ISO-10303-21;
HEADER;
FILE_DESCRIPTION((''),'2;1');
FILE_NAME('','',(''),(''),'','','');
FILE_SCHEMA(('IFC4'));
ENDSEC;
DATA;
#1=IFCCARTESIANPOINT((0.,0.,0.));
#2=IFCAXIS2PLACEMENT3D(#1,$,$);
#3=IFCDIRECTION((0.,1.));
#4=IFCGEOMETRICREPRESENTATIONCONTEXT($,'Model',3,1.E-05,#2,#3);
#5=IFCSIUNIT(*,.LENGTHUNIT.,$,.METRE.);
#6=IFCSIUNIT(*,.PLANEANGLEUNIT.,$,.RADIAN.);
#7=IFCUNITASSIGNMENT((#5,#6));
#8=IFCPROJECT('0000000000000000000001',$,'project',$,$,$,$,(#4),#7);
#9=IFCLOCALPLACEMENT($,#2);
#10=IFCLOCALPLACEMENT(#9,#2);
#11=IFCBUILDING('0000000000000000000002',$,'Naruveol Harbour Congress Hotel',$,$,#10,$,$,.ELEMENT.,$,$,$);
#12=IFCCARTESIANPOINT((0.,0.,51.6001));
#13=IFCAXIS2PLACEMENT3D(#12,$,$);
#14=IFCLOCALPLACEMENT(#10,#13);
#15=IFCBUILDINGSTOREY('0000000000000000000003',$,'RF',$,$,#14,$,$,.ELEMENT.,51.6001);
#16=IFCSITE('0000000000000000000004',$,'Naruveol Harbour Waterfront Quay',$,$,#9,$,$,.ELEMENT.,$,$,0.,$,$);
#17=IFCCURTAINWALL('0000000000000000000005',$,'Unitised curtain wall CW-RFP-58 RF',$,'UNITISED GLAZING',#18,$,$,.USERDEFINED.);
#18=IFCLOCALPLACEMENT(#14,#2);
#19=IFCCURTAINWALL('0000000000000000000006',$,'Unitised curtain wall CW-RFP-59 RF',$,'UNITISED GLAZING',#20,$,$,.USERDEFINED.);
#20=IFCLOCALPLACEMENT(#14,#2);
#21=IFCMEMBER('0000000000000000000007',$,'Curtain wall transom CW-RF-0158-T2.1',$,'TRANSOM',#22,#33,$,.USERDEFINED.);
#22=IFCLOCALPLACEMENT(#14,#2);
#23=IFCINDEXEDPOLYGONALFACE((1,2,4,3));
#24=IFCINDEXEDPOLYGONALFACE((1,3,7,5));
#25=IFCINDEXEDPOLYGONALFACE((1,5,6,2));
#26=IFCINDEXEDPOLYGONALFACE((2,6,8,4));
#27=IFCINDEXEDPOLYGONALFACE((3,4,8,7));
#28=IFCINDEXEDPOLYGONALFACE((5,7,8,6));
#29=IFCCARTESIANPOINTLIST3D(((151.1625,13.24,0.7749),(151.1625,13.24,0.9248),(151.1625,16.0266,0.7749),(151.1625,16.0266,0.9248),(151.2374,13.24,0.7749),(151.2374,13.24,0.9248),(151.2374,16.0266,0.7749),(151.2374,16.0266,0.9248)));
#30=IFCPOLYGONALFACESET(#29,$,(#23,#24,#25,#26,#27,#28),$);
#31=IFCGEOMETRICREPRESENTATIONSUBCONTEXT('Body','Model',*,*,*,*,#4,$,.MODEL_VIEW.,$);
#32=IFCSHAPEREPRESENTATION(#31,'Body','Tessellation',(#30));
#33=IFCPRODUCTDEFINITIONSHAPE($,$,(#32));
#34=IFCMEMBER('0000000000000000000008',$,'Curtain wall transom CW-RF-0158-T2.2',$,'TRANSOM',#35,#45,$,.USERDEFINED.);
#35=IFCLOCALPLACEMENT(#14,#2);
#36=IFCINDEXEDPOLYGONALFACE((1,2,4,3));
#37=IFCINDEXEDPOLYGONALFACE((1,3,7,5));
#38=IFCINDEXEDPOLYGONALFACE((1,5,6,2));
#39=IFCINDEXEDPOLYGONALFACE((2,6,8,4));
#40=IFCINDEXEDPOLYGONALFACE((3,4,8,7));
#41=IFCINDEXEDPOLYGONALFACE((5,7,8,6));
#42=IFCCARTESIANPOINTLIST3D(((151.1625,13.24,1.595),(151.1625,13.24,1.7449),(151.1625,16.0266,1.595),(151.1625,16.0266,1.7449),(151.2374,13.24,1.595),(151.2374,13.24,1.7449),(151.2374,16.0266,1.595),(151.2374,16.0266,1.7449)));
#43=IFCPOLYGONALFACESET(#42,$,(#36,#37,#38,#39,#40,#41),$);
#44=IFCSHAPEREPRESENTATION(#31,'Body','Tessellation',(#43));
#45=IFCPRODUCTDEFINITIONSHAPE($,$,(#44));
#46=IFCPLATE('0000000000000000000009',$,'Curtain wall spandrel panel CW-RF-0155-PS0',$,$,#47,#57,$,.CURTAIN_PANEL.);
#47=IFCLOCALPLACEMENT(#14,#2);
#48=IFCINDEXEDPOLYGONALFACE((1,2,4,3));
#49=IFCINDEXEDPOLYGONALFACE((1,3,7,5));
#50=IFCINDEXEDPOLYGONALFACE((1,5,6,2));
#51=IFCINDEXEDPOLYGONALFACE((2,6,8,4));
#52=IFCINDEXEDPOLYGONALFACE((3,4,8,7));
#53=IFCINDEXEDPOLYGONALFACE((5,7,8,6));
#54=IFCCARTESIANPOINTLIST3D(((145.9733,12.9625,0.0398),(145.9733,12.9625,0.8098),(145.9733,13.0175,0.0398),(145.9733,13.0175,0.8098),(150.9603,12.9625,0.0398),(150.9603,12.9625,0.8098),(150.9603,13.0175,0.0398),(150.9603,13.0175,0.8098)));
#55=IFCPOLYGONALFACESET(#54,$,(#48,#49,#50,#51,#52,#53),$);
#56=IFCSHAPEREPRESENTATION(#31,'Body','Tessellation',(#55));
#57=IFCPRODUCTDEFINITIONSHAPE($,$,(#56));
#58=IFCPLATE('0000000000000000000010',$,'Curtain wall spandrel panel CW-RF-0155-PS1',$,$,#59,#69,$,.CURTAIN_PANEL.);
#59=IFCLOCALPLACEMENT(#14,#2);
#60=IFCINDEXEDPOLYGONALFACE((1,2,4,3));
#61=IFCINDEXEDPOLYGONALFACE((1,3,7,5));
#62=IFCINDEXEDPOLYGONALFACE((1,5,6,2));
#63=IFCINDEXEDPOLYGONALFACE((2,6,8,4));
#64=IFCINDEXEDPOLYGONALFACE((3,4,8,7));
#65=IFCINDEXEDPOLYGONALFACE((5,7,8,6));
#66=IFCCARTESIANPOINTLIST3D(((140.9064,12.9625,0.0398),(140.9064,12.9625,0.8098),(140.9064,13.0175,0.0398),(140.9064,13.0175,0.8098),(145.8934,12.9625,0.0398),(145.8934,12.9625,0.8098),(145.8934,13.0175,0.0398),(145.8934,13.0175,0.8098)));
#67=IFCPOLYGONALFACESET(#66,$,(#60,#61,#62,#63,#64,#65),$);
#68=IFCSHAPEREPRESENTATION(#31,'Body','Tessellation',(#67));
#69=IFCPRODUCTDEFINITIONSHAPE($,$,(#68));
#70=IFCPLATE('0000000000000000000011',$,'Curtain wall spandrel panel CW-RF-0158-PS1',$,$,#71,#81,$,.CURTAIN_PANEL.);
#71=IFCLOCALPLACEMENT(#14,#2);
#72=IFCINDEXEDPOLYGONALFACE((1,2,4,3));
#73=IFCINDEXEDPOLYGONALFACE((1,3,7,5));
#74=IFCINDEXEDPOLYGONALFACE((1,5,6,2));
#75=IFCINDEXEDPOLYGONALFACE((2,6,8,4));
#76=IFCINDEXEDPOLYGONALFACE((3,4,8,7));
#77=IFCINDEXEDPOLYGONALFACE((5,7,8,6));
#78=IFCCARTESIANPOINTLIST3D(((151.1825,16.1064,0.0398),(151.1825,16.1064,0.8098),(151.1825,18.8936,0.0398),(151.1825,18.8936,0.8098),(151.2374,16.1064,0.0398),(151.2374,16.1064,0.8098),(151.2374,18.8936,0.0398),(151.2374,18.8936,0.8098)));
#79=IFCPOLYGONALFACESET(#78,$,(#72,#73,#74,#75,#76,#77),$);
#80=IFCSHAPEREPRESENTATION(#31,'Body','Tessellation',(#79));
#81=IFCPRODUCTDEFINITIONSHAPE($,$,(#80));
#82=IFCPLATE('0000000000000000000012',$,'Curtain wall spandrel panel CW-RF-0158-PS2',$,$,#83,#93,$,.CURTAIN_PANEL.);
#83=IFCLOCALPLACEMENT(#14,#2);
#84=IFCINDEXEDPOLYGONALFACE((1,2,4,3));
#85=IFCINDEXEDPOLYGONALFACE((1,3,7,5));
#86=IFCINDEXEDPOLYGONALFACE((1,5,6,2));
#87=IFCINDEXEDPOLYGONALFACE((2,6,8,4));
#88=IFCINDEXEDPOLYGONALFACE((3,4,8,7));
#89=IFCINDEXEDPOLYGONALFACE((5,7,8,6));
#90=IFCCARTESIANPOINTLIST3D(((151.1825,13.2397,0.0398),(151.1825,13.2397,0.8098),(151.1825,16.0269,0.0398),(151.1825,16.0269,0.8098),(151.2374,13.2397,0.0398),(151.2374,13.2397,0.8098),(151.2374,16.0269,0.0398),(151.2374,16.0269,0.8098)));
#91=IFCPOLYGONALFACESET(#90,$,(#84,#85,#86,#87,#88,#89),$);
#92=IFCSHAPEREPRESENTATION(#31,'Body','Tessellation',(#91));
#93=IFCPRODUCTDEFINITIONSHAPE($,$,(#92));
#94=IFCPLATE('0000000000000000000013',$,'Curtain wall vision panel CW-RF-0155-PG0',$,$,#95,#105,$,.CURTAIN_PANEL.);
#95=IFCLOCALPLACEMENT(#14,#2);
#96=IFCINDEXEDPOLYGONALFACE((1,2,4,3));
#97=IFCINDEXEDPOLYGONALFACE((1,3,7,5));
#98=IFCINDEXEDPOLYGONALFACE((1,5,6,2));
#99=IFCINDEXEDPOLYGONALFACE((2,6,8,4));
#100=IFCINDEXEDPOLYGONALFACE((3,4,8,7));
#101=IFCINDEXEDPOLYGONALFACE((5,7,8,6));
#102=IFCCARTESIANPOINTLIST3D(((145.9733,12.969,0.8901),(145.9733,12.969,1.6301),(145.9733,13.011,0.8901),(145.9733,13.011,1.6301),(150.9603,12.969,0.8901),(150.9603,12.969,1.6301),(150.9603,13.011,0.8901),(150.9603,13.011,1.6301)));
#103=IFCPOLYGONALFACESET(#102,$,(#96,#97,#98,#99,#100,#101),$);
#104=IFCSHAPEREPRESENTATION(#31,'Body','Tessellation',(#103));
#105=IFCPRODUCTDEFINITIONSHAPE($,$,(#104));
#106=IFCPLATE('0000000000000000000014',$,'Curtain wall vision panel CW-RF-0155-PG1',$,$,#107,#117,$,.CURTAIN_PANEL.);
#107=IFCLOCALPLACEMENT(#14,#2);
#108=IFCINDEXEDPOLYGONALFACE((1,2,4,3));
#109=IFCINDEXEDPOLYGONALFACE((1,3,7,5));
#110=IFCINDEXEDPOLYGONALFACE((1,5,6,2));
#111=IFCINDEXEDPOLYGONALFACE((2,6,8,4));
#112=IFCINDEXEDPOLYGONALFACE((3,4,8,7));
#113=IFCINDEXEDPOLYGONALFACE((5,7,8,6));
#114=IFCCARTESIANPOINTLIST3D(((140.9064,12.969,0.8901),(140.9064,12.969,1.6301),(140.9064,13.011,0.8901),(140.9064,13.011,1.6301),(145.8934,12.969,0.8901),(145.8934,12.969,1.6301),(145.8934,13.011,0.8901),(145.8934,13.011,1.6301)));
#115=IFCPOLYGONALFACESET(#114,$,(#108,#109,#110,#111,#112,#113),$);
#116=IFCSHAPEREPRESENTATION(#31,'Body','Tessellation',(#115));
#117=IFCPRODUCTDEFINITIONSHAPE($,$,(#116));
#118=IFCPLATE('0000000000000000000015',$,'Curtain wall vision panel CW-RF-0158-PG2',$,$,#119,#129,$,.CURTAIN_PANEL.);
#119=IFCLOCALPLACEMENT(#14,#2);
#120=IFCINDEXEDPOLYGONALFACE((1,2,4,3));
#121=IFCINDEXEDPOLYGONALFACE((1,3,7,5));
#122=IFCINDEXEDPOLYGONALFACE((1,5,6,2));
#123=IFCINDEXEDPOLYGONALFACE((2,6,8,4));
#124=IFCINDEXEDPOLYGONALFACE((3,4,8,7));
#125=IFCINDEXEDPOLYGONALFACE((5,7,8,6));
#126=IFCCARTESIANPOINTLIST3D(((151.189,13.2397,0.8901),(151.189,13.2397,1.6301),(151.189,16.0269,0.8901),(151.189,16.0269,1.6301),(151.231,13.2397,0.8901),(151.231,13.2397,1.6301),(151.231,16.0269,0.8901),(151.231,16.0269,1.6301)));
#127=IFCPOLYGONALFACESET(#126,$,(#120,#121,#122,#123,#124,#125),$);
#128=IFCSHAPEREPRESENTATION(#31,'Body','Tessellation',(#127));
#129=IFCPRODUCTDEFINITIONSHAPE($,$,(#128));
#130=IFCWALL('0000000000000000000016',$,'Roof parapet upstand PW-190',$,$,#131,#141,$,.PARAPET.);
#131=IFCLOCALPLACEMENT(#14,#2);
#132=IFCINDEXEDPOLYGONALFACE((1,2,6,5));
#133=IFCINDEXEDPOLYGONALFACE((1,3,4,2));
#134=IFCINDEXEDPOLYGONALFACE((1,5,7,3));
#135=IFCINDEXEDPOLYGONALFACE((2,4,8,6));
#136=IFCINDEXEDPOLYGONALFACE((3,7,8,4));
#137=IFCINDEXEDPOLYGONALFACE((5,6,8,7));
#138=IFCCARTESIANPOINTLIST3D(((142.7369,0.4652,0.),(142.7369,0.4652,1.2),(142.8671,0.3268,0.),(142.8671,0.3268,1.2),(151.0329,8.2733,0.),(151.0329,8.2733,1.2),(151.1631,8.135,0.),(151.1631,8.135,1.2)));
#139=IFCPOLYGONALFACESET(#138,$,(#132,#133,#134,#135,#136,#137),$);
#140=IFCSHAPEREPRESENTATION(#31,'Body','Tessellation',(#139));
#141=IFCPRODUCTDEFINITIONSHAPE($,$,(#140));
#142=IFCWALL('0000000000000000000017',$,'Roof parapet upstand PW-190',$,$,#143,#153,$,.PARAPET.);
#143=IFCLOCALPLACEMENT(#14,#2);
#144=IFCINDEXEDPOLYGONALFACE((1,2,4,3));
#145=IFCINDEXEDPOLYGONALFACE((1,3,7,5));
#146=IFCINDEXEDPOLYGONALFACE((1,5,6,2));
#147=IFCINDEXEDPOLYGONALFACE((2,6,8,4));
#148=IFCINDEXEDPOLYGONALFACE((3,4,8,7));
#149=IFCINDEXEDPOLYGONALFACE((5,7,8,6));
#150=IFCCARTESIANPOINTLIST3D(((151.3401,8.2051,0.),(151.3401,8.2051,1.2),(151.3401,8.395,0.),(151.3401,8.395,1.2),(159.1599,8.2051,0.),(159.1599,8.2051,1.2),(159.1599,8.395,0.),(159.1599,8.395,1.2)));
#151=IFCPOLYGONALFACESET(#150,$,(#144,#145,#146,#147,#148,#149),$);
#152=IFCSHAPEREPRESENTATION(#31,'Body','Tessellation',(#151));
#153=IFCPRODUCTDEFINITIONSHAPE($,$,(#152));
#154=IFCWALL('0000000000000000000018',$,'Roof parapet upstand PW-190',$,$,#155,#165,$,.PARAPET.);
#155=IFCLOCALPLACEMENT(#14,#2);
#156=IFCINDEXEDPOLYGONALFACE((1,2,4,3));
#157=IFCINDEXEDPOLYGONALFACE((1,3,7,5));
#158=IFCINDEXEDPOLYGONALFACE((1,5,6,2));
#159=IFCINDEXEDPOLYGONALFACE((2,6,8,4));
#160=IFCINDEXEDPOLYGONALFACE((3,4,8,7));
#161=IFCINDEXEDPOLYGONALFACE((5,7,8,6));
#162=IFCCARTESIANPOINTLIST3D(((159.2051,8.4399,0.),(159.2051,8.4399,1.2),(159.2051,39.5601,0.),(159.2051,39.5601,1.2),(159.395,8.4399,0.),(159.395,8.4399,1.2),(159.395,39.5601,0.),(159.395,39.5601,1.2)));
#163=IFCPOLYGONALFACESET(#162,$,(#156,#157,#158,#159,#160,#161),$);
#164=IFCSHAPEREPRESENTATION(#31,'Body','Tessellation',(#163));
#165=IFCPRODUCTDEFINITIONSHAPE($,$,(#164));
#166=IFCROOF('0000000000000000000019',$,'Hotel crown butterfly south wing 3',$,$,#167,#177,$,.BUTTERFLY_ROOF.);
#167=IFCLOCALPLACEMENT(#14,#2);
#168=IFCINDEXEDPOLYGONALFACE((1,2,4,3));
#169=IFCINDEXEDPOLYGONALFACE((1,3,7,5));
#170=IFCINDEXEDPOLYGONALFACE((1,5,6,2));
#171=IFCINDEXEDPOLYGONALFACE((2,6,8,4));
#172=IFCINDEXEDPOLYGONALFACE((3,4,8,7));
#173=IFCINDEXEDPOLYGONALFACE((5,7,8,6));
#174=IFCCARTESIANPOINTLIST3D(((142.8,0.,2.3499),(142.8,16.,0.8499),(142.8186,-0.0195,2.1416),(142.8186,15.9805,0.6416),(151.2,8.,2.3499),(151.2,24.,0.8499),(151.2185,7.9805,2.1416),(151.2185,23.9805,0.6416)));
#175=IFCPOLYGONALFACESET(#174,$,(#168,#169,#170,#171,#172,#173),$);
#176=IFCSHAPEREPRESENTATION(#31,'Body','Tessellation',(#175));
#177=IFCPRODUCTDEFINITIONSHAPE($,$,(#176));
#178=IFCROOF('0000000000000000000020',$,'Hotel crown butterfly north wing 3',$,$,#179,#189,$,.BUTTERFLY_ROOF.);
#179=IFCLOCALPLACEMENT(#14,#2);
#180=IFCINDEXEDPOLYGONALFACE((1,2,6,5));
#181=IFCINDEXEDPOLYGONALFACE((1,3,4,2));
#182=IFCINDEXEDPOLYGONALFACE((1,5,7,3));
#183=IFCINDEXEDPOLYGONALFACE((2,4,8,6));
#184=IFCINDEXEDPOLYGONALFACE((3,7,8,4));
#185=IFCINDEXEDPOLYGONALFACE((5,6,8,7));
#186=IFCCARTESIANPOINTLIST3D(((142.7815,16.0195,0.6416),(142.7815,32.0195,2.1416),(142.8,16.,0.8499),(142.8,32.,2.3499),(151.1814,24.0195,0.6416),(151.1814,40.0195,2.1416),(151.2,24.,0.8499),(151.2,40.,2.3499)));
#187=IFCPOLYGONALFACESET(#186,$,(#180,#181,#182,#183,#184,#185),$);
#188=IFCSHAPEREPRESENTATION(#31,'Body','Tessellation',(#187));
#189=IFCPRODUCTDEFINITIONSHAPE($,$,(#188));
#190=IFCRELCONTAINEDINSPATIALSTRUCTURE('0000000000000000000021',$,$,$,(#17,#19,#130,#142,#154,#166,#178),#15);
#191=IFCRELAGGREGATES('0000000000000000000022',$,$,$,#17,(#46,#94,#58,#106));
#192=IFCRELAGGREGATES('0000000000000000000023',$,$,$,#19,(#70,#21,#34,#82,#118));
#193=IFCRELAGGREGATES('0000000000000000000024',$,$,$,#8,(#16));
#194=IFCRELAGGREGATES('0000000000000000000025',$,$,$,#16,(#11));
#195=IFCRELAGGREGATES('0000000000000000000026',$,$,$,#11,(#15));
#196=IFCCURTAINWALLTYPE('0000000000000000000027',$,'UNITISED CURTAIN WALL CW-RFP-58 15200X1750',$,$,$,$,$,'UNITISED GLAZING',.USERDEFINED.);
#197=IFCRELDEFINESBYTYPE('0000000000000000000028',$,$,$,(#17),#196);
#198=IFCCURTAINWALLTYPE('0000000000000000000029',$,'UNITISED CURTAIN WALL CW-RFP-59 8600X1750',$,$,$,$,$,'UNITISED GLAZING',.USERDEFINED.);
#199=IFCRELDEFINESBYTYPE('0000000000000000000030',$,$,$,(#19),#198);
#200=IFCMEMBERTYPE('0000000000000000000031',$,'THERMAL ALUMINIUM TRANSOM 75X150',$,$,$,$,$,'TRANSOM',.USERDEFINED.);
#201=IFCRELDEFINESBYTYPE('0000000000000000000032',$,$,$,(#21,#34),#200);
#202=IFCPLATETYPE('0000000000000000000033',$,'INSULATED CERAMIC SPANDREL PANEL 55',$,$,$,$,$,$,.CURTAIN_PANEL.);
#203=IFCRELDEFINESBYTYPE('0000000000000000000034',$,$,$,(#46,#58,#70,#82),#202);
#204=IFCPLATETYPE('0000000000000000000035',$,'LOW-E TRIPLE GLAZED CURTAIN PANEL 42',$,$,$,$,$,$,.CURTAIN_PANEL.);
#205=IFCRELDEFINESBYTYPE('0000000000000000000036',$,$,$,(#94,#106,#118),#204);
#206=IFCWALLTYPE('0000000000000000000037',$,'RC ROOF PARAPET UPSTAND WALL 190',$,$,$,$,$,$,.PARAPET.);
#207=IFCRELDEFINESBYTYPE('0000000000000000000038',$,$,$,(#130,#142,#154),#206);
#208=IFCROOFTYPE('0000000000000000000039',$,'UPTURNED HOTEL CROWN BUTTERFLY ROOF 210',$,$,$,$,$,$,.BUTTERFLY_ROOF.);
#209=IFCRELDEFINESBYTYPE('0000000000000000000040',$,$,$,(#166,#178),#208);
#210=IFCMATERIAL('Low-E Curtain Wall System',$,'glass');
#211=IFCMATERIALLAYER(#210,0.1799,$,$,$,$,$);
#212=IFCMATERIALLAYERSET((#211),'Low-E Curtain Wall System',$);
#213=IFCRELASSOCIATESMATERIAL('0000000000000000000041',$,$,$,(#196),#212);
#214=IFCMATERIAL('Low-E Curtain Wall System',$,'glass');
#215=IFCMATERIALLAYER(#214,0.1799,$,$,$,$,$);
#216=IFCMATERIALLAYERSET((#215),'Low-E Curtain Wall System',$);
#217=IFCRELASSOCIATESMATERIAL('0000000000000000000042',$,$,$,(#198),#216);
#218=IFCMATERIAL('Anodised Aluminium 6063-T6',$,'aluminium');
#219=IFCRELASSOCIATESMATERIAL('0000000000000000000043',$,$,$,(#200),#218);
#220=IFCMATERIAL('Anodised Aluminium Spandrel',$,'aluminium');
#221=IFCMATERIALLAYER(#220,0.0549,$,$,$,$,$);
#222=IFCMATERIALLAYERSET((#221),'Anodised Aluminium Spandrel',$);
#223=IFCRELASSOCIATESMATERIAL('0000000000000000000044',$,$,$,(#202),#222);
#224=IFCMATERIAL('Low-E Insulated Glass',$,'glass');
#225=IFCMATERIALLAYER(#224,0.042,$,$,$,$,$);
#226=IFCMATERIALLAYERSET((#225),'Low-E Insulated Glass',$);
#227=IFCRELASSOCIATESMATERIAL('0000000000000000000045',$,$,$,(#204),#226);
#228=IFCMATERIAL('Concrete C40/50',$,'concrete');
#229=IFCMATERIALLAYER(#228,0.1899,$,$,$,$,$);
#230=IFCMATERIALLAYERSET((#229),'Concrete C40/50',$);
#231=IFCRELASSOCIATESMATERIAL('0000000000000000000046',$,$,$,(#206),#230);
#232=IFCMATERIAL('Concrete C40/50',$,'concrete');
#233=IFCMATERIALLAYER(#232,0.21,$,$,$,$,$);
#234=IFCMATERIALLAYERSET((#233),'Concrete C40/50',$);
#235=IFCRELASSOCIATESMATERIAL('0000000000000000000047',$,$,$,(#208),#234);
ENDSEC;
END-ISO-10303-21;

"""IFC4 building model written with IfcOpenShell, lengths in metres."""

from ifc_helpers import new_model, si_unit, direction, frame, frame_2d, origin, origin_2d, place, context, subcontext, project, spatial, polyline, rectangle, outline, extrude, material, layer, layer_set, material_profile, profile_set, type_object, element, aggregate, save


model = new_model("IFC4")

# Units and contexts
model_context = context("Model", 3, precision=1e-05, world=origin(), true_north=direction((0.0, 1.0)))
body_context = subcontext(model_context, "Body", "Model", "MODEL_VIEW")
ifc_project = project(units=[si_unit("LENGTHUNIT", "METRE"), si_unit("PLANEANGLEUNIT", "RADIAN")], contexts=[model_context])

# Site, building, storey
site_placement = place(None, origin())
site = spatial("IfcSite", under=ifc_project, at=site_placement, Name="Naruveol Harbour Waterfront Quay", CompositionType="ELEMENT", RefElevation=0.0)
building_placement = place(site_placement, origin())
building = spatial("IfcBuilding", under=site, at=building_placement, Name="Naruveol Harbour Congress Hotel", CompositionType="ELEMENT")
storey_placement = place(building_placement, frame((0.0, 0.0, 51.6001)))
storey = spatial("IfcBuildingStorey", under=building, at=storey_placement, Name="RF", CompositionType="ELEMENT", Elevation=51.6001)

# Curtain walls
ifc_material_1 = material(Name="Low-E Curtain Wall System", Category="glass")
ifc_layer_1 = layer(ifc_material_1, 0.1799)
ifc_layer_set_1 = layer_set([ifc_layer_1], Name="Low-E Curtain Wall System")
curtain_wall_type_1 = type_object("IfcCurtainWallType", Name="UNITISED CURTAIN WALL CW-RFP-58 15200X1750", ElementType="UNITISED GLAZING", PredefinedType="USERDEFINED", material=ifc_layer_set_1)
curtain_wall_1_placement = place(storey_placement, origin())
curtain_wall_1 = element("IfcCurtainWall", 1, at=curtain_wall_1_placement, inside=storey, type_object=curtain_wall_type_1, Name="Unitised curtain wall CW-RFP-58 RF", ObjectType="UNITISED GLAZING", PredefinedType="USERDEFINED")
ifc_material_2 = material(Name="Low-E Curtain Wall System", Category="glass")
ifc_layer_2 = layer(ifc_material_2, 0.1799)
ifc_layer_set_2 = layer_set([ifc_layer_2], Name="Low-E Curtain Wall System")
curtain_wall_type_2 = type_object("IfcCurtainWallType", Name="UNITISED CURTAIN WALL CW-RFP-59 8600X1750", ElementType="UNITISED GLAZING", PredefinedType="USERDEFINED", material=ifc_layer_set_2)
curtain_wall_2_placement = place(storey_placement, origin())
curtain_wall_2 = element("IfcCurtainWall", 2, at=curtain_wall_2_placement, inside=storey, type_object=curtain_wall_type_2, Name="Unitised curtain wall CW-RFP-59 RF", ObjectType="UNITISED GLAZING", PredefinedType="USERDEFINED")

# Members
ifc_material_3 = material(Name="Anodised Aluminium 6063-T6", Category="aluminium")
ifc_material_profile_1 = material_profile(ifc_material_3, rectangle(XDim=0.075, YDim=0.1499, at=origin_2d()), Name="ALU-75x150")
ifc_profile_set_1 = profile_set([ifc_material_profile_1], Name="Anodised Aluminium 6063-T6")
member_type_1 = type_object("IfcMemberType", Name="THERMAL ALUMINIUM TRANSOM 75X150", ElementType="TRANSOM", PredefinedType="USERDEFINED", material=ifc_profile_set_1)
member_1_placement = place(storey_placement, frame((151.2, 16.0266, 0.8499), z_axis=(0.0, -1.0, 0.0), x_axis=(1.0, 0.0, 0.0)))
member_1 = element("IfcMember", 3, at=member_1_placement, type_object=member_type_1, Name="Curtain wall transom CW-RF-0158-T2.1", ObjectType="TRANSOM", PredefinedType="USERDEFINED", context=body_context, shape_type="SweptSolid", body=[
    extrude(rectangle(XDim=0.075, YDim=0.1499, at=origin_2d()), origin(), (0.0, 0.0, 1.0), 2.7866),
])
member_2_placement = place(storey_placement, frame((151.2, 16.0266, 1.6699), z_axis=(0.0, -1.0, 0.0), x_axis=(1.0, 0.0, 0.0)))
member_2 = element("IfcMember", 4, at=member_2_placement, type_object=member_type_1, Name="Curtain wall transom CW-RF-0158-T2.2", ObjectType="TRANSOM", PredefinedType="USERDEFINED", context=body_context, shape_type="SweptSolid", body=[
    extrude(rectangle(XDim=0.075, YDim=0.1499, at=origin_2d()), origin(), (0.0, 0.0, 1.0), 2.7866),
])

# Plates
ifc_material_4 = material(Name="Anodised Aluminium Spandrel", Category="aluminium")
ifc_layer_3 = layer(ifc_material_4, 0.0549)
ifc_layer_set_3 = layer_set([ifc_layer_3], Name="Anodised Aluminium Spandrel")
plate_type_1 = type_object("IfcPlateType", Name="INSULATED CERAMIC SPANDREL PANEL 55", PredefinedType="CURTAIN_PANEL", material=ifc_layer_set_3)
plate_1_placement = place(storey_placement, frame((148.4668, 12.99, 0.0398), z_axis=(0.0, 0.0, 1.0), x_axis=(-1.0, 0.0, 0.0)))
plate_1 = element("IfcPlate", 5, at=plate_1_placement, type_object=plate_type_1, Name="Curtain wall spandrel panel CW-RF-0155-PS0", PredefinedType="CURTAIN_PANEL", context=body_context, shape_type="SweptSolid", body=[
    extrude(rectangle(XDim=4.9871, YDim=0.0549, at=origin_2d()), origin(), (0.0, 0.0, 1.0), 0.77),
])
plate_2_placement = place(storey_placement, frame((143.3999, 12.99, 0.0398), z_axis=(0.0, 0.0, 1.0), x_axis=(-1.0, 0.0, 0.0)))
plate_2 = element("IfcPlate", 6, at=plate_2_placement, type_object=plate_type_1, Name="Curtain wall spandrel panel CW-RF-0155-PS1", PredefinedType="CURTAIN_PANEL", context=body_context, shape_type="SweptSolid", body=[
    extrude(rectangle(XDim=4.9871, YDim=0.0549, at=origin_2d()), origin(), (0.0, 0.0, 1.0), 0.77),
])
plate_3_placement = place(storey_placement, frame((151.21, 17.5, 0.0398), z_axis=(0.0, 0.0, 1.0), x_axis=(0.0, -1.0, 0.0)))
plate_3 = element("IfcPlate", 7, at=plate_3_placement, type_object=plate_type_1, Name="Curtain wall spandrel panel CW-RF-0158-PS1", PredefinedType="CURTAIN_PANEL", context=body_context, shape_type="SweptSolid", body=[
    extrude(rectangle(XDim=2.7871, YDim=0.0549, at=origin_2d()), origin(), (0.0, 0.0, 1.0), 0.77),
])
plate_4_placement = place(storey_placement, frame((151.21, 14.6333, 0.0398), z_axis=(0.0, 0.0, 1.0), x_axis=(0.0, -1.0, 0.0)))
plate_4 = element("IfcPlate", 8, at=plate_4_placement, type_object=plate_type_1, Name="Curtain wall spandrel panel CW-RF-0158-PS2", PredefinedType="CURTAIN_PANEL", context=body_context, shape_type="SweptSolid", body=[
    extrude(rectangle(XDim=2.7871, YDim=0.0549, at=origin_2d()), origin(), (0.0, 0.0, 1.0), 0.77),
])
ifc_material_5 = material(Name="Low-E Insulated Glass", Category="glass")
ifc_layer_4 = layer(ifc_material_5, 0.042)
ifc_layer_set_4 = layer_set([ifc_layer_4], Name="Low-E Insulated Glass")
plate_type_2 = type_object("IfcPlateType", Name="LOW-E TRIPLE GLAZED CURTAIN PANEL 42", PredefinedType="CURTAIN_PANEL", material=ifc_layer_set_4)
plate_5_placement = place(storey_placement, frame((148.4668, 12.99, 0.8901), z_axis=(0.0, 0.0, 1.0), x_axis=(-1.0, 0.0, 0.0)))
plate_5 = element("IfcPlate", 9, at=plate_5_placement, type_object=plate_type_2, Name="Curtain wall vision panel CW-RF-0155-PG0", PredefinedType="CURTAIN_PANEL", context=body_context, shape_type="SweptSolid", body=[
    extrude(rectangle(XDim=4.9871, YDim=0.042, at=origin_2d()), origin(), (0.0, 0.0, 1.0), 0.74),
])
plate_6_placement = place(storey_placement, frame((143.3999, 12.99, 0.8901), z_axis=(0.0, 0.0, 1.0), x_axis=(-1.0, 0.0, 0.0)))
plate_6 = element("IfcPlate", 10, at=plate_6_placement, type_object=plate_type_2, Name="Curtain wall vision panel CW-RF-0155-PG1", PredefinedType="CURTAIN_PANEL", context=body_context, shape_type="SweptSolid", body=[
    extrude(rectangle(XDim=4.9871, YDim=0.042, at=origin_2d()), origin(), (0.0, 0.0, 1.0), 0.74),
])
aggregate(curtain_wall_1, [plate_1, plate_5, plate_2, plate_6])
plate_7_placement = place(storey_placement, frame((151.21, 14.6333, 0.8901), z_axis=(0.0, 0.0, 1.0), x_axis=(0.0, -1.0, 0.0)))
plate_7 = element("IfcPlate", 11, at=plate_7_placement, type_object=plate_type_2, Name="Curtain wall vision panel CW-RF-0158-PG2", PredefinedType="CURTAIN_PANEL", context=body_context, shape_type="SweptSolid", body=[
    extrude(rectangle(XDim=2.7871, YDim=0.042, at=origin_2d()), origin(), (0.0, 0.0, 1.0), 0.74),
])
aggregate(curtain_wall_2, [plate_3, member_1, member_2, plate_4, plate_7])

# Walls
ifc_material_6 = material(Name="Concrete C40/50", Category="concrete")
ifc_layer_5 = layer(ifc_material_6, 0.1899)
ifc_layer_set_5 = layer_set([ifc_layer_5], Name="Concrete C40/50")
wall_type = type_object("IfcWallType", Name="RC ROOF PARAPET UPSTAND WALL 190", PredefinedType="PARAPET", material=ifc_layer_set_5)
wall_1_placement = place(storey_placement, frame((142.802, 0.396, 0.0), z_axis=(0.0, 0.0, 1.0), x_axis=(0.728191, 0.685374, 0.0)))
element("IfcWall", 12, at=wall_1_placement, inside=storey, type_object=wall_type, Name="Roof parapet upstand PW-190", PredefinedType="PARAPET", context=body_context, shape_type="SweptSolid", body=[
    extrude(rectangle(XDim=11.3926, YDim=0.1899, at=frame_2d((5.6963, 0.0))), origin(), (0.0, 0.0, 1.0), 1.2),
])
wall_2_placement = place(storey_placement, frame((151.3401, 8.3, 0.0), z_axis=(0.0, 0.0, 1.0), x_axis=(1.0, 0.0, 0.0)))
element("IfcWall", 13, at=wall_2_placement, inside=storey, type_object=wall_type, Name="Roof parapet upstand PW-190", PredefinedType="PARAPET", context=body_context, shape_type="SweptSolid", body=[
    extrude(rectangle(XDim=7.8198, YDim=0.1899, at=frame_2d((3.9099, 0.0))), origin(), (0.0, 0.0, 1.0), 1.2),
])
wall_3_placement = place(storey_placement, frame((159.3, 8.4399, 0.0), z_axis=(0.0, 0.0, 1.0), x_axis=(0.0, 1.0, 0.0)))
element("IfcWall", 14, at=wall_3_placement, inside=storey, type_object=wall_type, Name="Roof parapet upstand PW-190", PredefinedType="PARAPET", context=body_context, shape_type="SweptSolid", body=[
    extrude(rectangle(XDim=31.1201, YDim=0.1899, at=frame_2d((15.5601, 0.0))), origin(), (0.0, 0.0, 1.0), 1.2),
])

# Roofs
ifc_material_7 = material(Name="Concrete C40/50", Category="concrete")
ifc_layer_6 = layer(ifc_material_7, 0.21)
ifc_layer_set_6 = layer_set([ifc_layer_6], Name="Concrete C40/50")
roof_type = type_object("IfcRoofType", Name="UPTURNED HOTEL CROWN BUTTERFLY ROOF 210", PredefinedType="BUTTERFLY_ROOF", material=ifc_layer_set_6)
for number, where, z_axis, x_axis, name in (
    (15, (142.8, 0.0, 2.3499), (-0.088548, 0.092974, 0.991723), (0.724134, 0.689659, 0.0), "Hotel crown butterfly south wing 3"),
    (16, (142.8, 16.0, 0.8499), (0.088548, -0.092974, 0.991723), (0.724134, 0.689659, 0.0), "Hotel crown butterfly north wing 3"),
):
    element("IfcRoof", number, at=place(storey_placement, frame(where, z_axis=z_axis, x_axis=x_axis)), inside=storey, type_object=roof_type, Name=name, PredefinedType="BUTTERFLY_ROOF", context=body_context, shape_type="SweptSolid", body=[
        extrude(outline(polyline([(0.0, 0.0), (11.5999, 0.0), (22.6345, 11.6828), (11.0346, 11.6828), (0.0, 0.0)])), origin(), (0.0, 0.0, -1.0), 0.21),
    ])

save(model, "model.ifc")
